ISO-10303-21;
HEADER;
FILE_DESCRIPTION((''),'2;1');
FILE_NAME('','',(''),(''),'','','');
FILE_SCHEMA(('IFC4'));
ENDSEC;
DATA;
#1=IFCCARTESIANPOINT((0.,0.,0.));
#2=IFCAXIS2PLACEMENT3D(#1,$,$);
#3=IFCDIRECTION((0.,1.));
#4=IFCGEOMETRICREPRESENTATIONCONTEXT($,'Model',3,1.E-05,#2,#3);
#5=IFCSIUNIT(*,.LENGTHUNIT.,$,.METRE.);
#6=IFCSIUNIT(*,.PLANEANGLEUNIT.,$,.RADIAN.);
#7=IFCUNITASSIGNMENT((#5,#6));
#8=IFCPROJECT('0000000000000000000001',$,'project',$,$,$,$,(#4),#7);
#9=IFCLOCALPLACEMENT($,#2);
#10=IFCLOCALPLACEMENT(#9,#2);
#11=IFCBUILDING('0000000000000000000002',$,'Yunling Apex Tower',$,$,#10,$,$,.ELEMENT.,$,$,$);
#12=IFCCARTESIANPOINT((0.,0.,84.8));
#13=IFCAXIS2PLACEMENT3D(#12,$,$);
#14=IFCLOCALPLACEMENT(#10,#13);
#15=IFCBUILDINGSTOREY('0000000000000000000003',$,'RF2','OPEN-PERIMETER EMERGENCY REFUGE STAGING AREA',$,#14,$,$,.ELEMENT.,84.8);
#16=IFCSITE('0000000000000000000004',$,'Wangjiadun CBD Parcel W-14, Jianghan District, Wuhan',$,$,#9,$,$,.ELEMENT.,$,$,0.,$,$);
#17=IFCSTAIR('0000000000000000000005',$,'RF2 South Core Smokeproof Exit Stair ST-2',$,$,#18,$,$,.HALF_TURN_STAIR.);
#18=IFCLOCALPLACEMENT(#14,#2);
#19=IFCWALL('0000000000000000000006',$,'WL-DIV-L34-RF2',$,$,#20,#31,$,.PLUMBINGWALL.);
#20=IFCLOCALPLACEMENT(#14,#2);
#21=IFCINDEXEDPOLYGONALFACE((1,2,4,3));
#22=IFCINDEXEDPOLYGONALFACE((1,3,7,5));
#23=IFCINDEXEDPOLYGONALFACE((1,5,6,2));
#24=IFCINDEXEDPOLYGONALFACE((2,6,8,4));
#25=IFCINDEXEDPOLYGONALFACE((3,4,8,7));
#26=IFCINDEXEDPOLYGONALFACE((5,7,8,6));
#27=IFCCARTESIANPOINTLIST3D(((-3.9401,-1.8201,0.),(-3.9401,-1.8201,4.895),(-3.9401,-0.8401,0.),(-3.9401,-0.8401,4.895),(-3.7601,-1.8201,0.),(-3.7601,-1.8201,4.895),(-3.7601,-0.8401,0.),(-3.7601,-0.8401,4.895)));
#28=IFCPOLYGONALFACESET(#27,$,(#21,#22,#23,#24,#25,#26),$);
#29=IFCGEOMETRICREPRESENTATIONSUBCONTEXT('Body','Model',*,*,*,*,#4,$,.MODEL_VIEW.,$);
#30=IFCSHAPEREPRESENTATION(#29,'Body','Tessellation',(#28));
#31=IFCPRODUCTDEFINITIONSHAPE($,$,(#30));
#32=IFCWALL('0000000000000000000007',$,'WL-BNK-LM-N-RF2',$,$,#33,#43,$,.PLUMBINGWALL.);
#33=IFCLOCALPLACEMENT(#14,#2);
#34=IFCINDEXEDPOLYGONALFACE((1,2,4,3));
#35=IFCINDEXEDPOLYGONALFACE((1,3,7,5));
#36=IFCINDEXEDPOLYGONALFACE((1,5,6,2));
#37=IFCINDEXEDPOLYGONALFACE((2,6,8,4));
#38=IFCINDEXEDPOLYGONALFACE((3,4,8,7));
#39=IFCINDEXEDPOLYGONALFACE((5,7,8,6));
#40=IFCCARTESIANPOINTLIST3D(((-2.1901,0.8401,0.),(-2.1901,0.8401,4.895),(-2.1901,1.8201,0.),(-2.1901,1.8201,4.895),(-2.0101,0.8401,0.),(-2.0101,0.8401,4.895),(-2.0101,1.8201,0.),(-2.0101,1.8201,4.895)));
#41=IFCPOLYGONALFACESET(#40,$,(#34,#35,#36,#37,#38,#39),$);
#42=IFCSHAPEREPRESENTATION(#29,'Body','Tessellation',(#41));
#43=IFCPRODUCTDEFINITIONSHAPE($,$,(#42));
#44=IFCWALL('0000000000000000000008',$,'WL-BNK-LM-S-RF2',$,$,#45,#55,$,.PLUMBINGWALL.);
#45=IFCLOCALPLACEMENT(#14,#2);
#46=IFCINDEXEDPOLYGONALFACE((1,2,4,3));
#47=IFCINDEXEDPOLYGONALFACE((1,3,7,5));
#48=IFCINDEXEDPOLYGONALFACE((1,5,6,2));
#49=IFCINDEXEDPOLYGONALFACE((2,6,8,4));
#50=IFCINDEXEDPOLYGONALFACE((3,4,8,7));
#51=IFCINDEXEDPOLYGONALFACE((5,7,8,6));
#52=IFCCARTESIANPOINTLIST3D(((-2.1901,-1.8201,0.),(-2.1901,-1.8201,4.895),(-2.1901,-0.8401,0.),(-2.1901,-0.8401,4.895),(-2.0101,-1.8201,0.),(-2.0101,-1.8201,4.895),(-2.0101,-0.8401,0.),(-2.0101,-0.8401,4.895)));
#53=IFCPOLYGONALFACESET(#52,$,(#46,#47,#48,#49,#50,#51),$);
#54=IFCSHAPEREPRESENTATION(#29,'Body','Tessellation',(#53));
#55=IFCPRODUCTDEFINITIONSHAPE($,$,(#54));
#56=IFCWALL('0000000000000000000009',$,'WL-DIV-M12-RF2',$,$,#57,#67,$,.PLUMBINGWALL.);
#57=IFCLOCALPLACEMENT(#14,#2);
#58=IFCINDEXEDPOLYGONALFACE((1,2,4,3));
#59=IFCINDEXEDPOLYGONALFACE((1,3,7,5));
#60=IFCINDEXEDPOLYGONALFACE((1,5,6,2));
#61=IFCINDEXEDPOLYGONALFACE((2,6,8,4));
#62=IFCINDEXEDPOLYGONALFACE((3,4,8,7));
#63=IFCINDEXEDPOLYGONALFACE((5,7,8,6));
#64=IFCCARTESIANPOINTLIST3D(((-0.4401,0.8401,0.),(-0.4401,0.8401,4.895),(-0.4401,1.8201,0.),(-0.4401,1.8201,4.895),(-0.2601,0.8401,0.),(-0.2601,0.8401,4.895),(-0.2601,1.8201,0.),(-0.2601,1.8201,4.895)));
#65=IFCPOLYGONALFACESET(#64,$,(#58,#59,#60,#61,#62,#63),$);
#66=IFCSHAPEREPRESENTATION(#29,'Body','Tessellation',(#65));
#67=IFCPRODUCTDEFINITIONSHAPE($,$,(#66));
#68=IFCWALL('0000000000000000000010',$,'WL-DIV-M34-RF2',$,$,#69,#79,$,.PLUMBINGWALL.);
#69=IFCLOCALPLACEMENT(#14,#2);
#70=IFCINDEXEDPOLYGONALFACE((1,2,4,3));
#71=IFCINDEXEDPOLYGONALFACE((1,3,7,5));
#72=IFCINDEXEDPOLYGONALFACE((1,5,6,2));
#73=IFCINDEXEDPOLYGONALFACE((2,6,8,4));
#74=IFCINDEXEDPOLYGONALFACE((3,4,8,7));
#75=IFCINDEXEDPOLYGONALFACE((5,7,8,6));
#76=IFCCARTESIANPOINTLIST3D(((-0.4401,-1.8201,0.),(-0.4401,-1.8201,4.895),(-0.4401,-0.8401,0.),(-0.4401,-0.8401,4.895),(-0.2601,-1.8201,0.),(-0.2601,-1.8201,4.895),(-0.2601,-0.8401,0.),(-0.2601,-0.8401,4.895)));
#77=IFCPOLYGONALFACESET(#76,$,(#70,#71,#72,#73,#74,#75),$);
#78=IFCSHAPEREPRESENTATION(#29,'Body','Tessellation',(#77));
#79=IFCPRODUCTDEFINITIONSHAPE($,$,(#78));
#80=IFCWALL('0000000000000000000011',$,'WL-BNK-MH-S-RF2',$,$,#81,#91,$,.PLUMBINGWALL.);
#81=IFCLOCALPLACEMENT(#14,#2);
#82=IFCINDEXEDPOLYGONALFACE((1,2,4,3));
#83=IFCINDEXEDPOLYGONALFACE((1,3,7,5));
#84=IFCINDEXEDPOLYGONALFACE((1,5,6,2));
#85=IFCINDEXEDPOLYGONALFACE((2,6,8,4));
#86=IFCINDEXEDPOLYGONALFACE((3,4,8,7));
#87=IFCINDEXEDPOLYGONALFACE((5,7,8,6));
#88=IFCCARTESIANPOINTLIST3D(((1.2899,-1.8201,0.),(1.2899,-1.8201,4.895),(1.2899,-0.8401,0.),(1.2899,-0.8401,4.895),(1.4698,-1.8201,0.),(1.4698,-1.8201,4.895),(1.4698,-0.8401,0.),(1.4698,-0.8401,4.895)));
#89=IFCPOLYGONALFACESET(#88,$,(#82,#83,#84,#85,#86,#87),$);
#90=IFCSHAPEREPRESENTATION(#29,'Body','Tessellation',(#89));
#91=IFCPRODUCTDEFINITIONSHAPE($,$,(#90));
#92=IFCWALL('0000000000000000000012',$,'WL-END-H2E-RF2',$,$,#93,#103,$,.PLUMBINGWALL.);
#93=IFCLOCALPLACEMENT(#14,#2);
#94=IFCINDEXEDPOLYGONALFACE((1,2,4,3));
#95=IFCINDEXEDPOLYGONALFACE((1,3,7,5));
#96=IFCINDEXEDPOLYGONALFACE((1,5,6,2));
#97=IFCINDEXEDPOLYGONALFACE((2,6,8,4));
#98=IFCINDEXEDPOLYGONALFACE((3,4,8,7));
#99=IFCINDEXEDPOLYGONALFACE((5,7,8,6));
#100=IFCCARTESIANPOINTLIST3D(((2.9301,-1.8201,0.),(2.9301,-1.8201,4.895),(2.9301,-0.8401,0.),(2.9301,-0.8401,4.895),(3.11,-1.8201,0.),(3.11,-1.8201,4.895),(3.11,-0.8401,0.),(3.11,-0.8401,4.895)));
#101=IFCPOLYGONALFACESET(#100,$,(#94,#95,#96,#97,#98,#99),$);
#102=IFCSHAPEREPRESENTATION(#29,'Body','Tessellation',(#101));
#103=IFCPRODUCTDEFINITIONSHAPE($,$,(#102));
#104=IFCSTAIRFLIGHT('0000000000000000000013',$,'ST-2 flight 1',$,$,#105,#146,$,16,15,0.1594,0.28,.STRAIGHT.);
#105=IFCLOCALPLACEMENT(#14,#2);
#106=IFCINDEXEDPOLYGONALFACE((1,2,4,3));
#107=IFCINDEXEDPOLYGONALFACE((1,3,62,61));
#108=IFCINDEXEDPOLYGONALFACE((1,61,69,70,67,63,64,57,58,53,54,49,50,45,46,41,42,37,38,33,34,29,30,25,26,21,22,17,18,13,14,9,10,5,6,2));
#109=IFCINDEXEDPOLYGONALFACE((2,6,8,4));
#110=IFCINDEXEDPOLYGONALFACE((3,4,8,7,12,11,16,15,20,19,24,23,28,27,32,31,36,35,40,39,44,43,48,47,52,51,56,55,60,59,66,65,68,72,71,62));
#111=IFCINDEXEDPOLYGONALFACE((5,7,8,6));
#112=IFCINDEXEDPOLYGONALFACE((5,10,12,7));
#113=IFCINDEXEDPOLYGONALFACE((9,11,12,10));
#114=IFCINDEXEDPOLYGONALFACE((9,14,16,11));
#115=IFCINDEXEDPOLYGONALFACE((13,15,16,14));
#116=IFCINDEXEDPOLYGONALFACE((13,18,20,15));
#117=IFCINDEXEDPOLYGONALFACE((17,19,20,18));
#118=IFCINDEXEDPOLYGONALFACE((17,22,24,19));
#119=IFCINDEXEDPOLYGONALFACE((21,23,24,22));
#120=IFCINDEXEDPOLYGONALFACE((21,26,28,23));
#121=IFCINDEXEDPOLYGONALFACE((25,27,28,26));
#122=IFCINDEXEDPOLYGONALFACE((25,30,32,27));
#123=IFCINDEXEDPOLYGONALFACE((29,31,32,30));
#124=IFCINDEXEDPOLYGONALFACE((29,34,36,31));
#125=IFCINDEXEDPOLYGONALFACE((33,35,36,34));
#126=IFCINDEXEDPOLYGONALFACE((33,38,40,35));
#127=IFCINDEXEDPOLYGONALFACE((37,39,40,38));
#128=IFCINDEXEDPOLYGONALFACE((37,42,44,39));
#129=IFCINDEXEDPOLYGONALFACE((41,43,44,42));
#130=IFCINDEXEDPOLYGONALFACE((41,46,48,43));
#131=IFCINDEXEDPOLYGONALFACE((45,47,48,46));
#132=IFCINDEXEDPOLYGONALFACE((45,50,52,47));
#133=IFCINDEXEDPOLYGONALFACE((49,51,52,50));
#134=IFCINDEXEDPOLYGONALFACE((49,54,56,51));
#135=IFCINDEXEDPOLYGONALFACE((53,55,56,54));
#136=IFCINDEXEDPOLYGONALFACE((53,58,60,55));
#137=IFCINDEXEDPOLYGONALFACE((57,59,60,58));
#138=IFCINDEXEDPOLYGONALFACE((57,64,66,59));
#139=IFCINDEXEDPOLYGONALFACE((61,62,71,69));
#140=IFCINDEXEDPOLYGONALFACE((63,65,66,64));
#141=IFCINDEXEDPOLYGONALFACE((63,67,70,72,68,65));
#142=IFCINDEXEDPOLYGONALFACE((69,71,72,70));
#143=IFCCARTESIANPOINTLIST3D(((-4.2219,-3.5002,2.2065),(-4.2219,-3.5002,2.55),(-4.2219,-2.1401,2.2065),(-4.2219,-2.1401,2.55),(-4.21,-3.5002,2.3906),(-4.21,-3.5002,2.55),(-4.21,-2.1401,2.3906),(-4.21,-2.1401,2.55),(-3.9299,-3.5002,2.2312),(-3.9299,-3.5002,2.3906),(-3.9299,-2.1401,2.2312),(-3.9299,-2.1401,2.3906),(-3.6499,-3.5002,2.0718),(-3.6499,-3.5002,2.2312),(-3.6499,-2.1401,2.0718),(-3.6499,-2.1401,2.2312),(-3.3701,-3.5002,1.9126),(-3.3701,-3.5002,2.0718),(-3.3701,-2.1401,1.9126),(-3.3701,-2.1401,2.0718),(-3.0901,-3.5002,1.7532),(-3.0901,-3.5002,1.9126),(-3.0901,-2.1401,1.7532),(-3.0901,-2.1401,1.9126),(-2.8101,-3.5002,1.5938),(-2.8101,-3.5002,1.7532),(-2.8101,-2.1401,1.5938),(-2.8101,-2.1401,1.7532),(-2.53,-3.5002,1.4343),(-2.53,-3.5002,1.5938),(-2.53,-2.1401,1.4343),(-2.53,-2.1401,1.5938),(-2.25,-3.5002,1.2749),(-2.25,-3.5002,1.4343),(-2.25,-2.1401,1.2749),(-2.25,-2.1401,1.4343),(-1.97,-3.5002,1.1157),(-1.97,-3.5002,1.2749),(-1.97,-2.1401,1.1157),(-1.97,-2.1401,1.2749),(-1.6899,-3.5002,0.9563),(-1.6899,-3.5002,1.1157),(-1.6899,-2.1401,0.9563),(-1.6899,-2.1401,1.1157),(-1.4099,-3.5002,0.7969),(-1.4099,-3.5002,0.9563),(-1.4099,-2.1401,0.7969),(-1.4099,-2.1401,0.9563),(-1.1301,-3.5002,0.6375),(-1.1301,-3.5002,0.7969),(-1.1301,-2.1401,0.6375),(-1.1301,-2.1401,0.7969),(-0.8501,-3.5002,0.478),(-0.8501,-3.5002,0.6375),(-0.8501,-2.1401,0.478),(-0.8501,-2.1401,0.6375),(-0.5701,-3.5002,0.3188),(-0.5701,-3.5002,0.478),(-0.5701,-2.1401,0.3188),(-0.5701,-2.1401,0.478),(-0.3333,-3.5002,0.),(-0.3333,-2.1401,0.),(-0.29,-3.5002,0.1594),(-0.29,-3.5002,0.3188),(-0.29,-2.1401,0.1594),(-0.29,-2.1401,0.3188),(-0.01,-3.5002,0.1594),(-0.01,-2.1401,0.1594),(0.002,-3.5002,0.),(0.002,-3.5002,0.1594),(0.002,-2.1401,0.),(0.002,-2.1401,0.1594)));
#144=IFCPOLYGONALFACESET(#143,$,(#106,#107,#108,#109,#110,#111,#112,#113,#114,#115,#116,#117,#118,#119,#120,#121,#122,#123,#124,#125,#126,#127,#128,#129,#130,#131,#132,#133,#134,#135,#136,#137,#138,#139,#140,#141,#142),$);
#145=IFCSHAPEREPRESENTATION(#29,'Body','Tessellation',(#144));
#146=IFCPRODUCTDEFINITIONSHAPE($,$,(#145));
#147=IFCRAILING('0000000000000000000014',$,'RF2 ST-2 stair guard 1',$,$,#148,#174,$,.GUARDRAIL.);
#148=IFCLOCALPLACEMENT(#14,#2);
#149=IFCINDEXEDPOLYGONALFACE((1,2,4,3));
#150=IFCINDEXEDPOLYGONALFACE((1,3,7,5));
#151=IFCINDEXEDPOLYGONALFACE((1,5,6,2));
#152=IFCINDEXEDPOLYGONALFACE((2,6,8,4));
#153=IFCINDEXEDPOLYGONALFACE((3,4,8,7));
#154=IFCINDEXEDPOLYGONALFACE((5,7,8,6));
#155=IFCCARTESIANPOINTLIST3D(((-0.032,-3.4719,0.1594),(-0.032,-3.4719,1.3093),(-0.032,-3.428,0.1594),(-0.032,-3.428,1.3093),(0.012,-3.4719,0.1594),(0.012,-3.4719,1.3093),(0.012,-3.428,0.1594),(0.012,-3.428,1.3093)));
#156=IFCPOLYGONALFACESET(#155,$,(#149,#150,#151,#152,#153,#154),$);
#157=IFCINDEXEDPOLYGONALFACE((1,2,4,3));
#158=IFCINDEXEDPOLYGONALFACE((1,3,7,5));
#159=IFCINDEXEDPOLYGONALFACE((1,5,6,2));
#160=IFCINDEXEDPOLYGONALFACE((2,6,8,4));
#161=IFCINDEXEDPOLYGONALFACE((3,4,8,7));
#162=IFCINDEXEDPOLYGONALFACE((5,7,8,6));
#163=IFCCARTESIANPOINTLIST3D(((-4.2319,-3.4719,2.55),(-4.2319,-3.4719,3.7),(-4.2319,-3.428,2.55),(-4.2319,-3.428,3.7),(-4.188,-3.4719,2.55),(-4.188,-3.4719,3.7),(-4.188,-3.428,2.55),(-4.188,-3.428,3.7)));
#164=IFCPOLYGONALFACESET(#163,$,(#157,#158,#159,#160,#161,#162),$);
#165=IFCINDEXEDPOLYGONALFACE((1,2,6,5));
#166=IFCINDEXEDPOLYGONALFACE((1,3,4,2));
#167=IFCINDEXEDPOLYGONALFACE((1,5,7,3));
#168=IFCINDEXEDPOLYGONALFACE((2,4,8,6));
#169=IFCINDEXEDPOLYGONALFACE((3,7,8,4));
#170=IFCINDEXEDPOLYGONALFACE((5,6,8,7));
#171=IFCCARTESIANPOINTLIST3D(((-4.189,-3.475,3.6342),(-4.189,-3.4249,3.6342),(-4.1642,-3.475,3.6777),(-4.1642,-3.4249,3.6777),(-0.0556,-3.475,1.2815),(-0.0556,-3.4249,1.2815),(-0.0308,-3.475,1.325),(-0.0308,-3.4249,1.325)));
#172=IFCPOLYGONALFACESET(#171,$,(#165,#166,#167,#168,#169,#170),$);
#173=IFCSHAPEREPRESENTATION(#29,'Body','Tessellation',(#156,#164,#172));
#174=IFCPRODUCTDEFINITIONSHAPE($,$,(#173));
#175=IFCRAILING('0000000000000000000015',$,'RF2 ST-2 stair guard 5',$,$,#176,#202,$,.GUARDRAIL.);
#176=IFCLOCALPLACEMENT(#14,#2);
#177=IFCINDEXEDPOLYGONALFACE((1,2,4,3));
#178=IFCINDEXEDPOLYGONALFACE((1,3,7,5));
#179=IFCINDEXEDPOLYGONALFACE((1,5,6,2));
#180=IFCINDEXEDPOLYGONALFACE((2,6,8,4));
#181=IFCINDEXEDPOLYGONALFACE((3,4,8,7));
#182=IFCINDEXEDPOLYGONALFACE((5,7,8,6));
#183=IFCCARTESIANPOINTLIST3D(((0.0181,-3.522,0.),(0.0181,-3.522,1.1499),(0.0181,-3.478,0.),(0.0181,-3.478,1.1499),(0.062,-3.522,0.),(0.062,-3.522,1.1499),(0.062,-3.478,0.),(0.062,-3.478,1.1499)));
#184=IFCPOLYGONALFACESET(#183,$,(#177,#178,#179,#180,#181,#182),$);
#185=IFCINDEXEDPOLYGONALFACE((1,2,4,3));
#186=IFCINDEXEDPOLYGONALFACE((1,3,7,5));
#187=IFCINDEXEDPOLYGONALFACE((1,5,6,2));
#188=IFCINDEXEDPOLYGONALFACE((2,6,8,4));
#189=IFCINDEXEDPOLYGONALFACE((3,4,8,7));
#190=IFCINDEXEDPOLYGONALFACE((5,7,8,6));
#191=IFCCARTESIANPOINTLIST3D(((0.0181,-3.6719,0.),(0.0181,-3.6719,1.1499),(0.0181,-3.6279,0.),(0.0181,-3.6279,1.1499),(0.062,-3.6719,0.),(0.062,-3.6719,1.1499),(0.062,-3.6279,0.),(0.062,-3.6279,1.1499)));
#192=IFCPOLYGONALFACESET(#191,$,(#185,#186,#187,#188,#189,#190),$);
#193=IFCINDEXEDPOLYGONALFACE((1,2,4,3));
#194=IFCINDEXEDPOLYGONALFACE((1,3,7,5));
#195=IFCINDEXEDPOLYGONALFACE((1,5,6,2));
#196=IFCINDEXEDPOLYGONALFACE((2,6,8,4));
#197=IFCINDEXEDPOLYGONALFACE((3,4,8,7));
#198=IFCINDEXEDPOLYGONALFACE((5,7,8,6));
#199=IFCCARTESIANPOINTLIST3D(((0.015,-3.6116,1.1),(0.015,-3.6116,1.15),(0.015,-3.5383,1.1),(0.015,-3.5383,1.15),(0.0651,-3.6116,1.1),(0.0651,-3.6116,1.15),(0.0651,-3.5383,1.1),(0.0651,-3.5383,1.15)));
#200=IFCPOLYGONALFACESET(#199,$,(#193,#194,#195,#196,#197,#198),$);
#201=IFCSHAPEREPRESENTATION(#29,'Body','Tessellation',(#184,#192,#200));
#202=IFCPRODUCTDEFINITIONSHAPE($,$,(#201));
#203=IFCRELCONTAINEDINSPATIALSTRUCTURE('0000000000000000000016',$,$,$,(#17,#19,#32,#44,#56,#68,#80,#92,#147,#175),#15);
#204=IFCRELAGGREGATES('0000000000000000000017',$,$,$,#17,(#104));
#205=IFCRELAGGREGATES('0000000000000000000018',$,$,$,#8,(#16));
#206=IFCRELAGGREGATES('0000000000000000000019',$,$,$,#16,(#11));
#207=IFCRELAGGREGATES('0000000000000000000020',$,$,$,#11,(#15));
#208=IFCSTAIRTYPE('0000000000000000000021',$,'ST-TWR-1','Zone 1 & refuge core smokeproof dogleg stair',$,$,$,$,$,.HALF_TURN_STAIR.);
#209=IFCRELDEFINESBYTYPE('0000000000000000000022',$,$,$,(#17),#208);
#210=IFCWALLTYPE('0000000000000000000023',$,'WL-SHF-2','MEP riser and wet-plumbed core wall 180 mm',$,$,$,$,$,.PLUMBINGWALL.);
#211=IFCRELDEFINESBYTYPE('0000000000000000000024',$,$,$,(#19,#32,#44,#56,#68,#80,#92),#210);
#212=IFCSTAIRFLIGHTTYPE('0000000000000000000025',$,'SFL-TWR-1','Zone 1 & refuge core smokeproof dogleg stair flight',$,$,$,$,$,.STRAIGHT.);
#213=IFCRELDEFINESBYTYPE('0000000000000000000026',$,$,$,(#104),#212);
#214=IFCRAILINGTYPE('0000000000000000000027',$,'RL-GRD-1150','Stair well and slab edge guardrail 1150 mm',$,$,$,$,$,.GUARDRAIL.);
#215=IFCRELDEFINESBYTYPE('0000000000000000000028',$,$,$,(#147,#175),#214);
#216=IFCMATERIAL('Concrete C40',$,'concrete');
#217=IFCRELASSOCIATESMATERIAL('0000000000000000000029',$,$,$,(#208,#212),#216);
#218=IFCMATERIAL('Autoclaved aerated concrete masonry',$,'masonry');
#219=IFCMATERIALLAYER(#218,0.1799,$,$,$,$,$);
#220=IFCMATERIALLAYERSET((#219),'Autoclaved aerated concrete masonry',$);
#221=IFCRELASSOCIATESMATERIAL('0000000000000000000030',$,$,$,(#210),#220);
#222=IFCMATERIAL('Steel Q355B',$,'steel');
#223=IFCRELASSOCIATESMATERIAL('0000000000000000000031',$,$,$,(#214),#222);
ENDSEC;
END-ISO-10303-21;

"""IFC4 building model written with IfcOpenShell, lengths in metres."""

from ifc_helpers import new_model, si_unit, direction, frame, frame_2d, origin, origin_2d, place, context, subcontext, project, spatial, polyline, rectangle, outline, extrude, material, layer, layer_set, type_object, element, aggregate, save


model = new_model("IFC4")

# Units and contexts
model_context = context("Model", 3, precision=1e-05, world=origin(), true_north=direction((0.0, 1.0)))
body_context = subcontext(model_context, "Body", "Model", "MODEL_VIEW")
ifc_project = project(units=[si_unit("LENGTHUNIT", "METRE"), si_unit("PLANEANGLEUNIT", "RADIAN")], contexts=[model_context])

# Site, building, storey
site_placement = place(None, origin())
site = spatial("IfcSite", under=ifc_project, at=site_placement, Name="Wangjiadun CBD Parcel W-14, Jianghan District, Wuhan", CompositionType="ELEMENT", RefElevation=0.0)
building_placement = place(site_placement, origin())
building = spatial("IfcBuilding", under=site, at=building_placement, Name="Yunling Apex Tower", CompositionType="ELEMENT")
storey_placement = place(building_placement, frame((0.0, 0.0, 84.8)))
storey = spatial("IfcBuildingStorey", under=building, at=storey_placement, Name="RF2", Description="OPEN-PERIMETER EMERGENCY REFUGE STAGING AREA", CompositionType="ELEMENT", Elevation=84.8)

# Stair
ifc_material_1 = material(Name="Concrete C40", Category="concrete")
stair_type = type_object("IfcStairType", Name="ST-TWR-1", Description="Zone 1 & refuge core smokeproof dogleg stair", PredefinedType="HALF_TURN_STAIR", material=ifc_material_1)
stair_1_placement = place(storey_placement, origin())
stair_1 = element("IfcStair", 1, at=stair_1_placement, inside=storey, type_object=stair_type, Name="RF2 South Core Smokeproof Exit Stair ST-2", PredefinedType="HALF_TURN_STAIR")

# Shared definitions
ifc_material_2 = material(Name="Autoclaved aerated concrete masonry", Category="masonry")
ifc_material_3 = material(Name="Steel Q355B", Category="steel")

# Walls
ifc_layer_1 = layer(ifc_material_2, 0.1799)
ifc_layer_set_1 = layer_set([ifc_layer_1], Name="Autoclaved aerated concrete masonry")
wall_type_1 = type_object("IfcWallType", Name="WL-SHF-2", Description="MEP riser and wet-plumbed core wall 180 mm", PredefinedType="PLUMBINGWALL", material=ifc_layer_set_1)
for number, where, z_axis, x_axis, name in (
    (2, (-3.8501, -1.8201, 0.0), (0.0, 0.0, 1.0), (0.0, 1.0, 0.0), "WL-DIV-L34-RF2"),
    (3, (-2.1001, 0.8401, 0.0), (0.0, 0.0, 1.0), (0.0, 1.0, 0.0), "WL-BNK-LM-N-RF2"),
    (4, (-2.1001, -1.8201, 0.0), (0.0, 0.0, 1.0), (0.0, 1.0, 0.0), "WL-BNK-LM-S-RF2"),
    (5, (-0.3501, 0.8401, 0.0), (0.0, 0.0, 1.0), (0.0, 1.0, 0.0), "WL-DIV-M12-RF2"),
    (6, (-0.3501, -1.8201, 0.0), (0.0, 0.0, 1.0), (0.0, 1.0, 0.0), "WL-DIV-M34-RF2"),
    (7, (1.3799, -1.8201, 0.0), (0.0, 0.0, 1.0), (0.0, 1.0, 0.0), "WL-BNK-MH-S-RF2"),
    (8, (3.02, -1.8201, 0.0), (0.0, 0.0, 1.0), (0.0, 1.0, 0.0), "WL-END-H2E-RF2"),
):
    element("IfcWall", number, at=place(storey_placement, frame(where, z_axis=z_axis, x_axis=x_axis)), inside=storey, type_object=wall_type_1, Name=name, PredefinedType="PLUMBINGWALL", context=body_context, shape_type="SweptSolid", body=[
        extrude(rectangle(XDim=0.98, YDim=0.1799, at=frame_2d((0.49, 0.0))), origin(), (0.0, 0.0, 1.0), 4.895),
    ])

# Stair flight
stair_flight_type = type_object("IfcStairFlightType", Name="SFL-TWR-1", Description="Zone 1 & refuge core smokeproof dogleg stair flight", PredefinedType="STRAIGHT", material=ifc_material_1)
stair_flight_placement = place(storey_placement, frame((-0.01, -2.8201, 0.0), z_axis=(0.0, 0.0, 1.0), x_axis=(-1.0, 0.0, 0.0)))
stair_flight = element("IfcStairFlight", 9, at=stair_flight_placement, type_object=stair_flight_type, Name="ST-2 flight 1", NumberOfRisers=16, NumberOfTreads=15, PredefinedType="STRAIGHT", RiserHeight=0.1594, TreadLength=0.28, context=body_context, shape_type="SweptSolid", body=[
    extrude(outline(polyline([(-0.012, 0.0), (-0.012, 0.1594), (0.0, 0.1594), (0.28, 0.1594), (0.28, 0.3188), (0.5601, 0.3188), (0.5601, 0.478), (0.8401, 0.478), (0.8401, 0.6375), (1.1201, 0.6375), (1.1201, 0.7969), (1.3999, 0.7969), (1.3999, 0.9563), (1.6799, 0.9563), (1.6799, 1.1157), (1.96, 1.1157), (1.96, 1.2749), (2.24, 1.2749), (2.24, 1.4343), (2.52, 1.4343), (2.52, 1.5938), (2.8, 1.5938), (2.8, 1.7532), (3.0801, 1.7532), (3.0801, 1.9126), (3.3601, 1.9126), (3.3601, 2.0718), (3.6399, 2.0718), (3.6399, 2.2312), (3.9199, 2.2312), (3.9199, 2.3906), (4.2, 2.3906), (4.2, 2.55), (4.2119, 2.55), (4.2119, 2.2065), (0.3232, 0.0), (-0.012, 0.0)])), frame((0.0, 0.6802, 0.0), z_axis=(0.0, -1.0, 0.0), x_axis=(1.0, 0.0, 0.0)), (0.0, 0.0, 1.0), 1.3601),
])
aggregate(stair_1, [stair_flight])

# Railings
railing_type_1 = type_object("IfcRailingType", Name="RL-GRD-1150", Description="Stair well and slab edge guardrail 1150 mm", PredefinedType="GUARDRAIL", material=ifc_material_3)
railing_1_placement = place(storey_placement, frame((-0.01, -3.45, 0.1594)))
element("IfcRailing", 10, at=railing_1_placement, inside=storey, type_object=railing_type_1, Name="RF2 ST-2 stair guard 1", PredefinedType="GUARDRAIL", context=body_context, shape_type="SweptSolid", body=[
    extrude(rectangle(XDim=0.0439, YDim=0.0439, at=origin_2d()), origin(), (0.0, 0.0, 1.0), 1.1499),
    extrude(rectangle(XDim=0.0439, YDim=0.0439, at=origin_2d()), frame((-4.2, 0.0, 2.3906)), (0.0, 0.0, 1.0), 1.1499),
    extrude(rectangle(XDim=0.05, YDim=0.05, at=origin_2d()), frame((-0.0332, 0.0, 1.1438), z_axis=(-0.869075, 0.0, 0.49468), x_axis=(0.0, -1.0, 0.0)), (0.0, 0.0, 1.0), 4.7561),
])
railing_2_placement = place(storey_placement, frame((0.04, -3.5, 0.0)))
element("IfcRailing", 11, at=railing_2_placement, inside=storey, type_object=railing_type_1, Name="RF2 ST-2 stair guard 5", PredefinedType="GUARDRAIL", context=body_context, shape_type="SweptSolid", body=[
    extrude(rectangle(XDim=0.0439, YDim=0.0439, at=origin_2d()), origin(), (0.0, 0.0, 1.0), 1.1499),
    extrude(rectangle(XDim=0.0439, YDim=0.0439, at=origin_2d()), frame((0.0, -0.1499, 0.0)), (0.0, 0.0, 1.0), 1.1499),
    extrude(rectangle(XDim=0.05, YDim=0.05, at=origin_2d()), frame((0.0, -0.0383, 1.125), z_axis=(0.0, -1.0, 0.0), x_axis=(1.0, 0.0, 0.0)), (0.0, 0.0, 1.0), 0.0732),
])

save(model, "model.ifc")
